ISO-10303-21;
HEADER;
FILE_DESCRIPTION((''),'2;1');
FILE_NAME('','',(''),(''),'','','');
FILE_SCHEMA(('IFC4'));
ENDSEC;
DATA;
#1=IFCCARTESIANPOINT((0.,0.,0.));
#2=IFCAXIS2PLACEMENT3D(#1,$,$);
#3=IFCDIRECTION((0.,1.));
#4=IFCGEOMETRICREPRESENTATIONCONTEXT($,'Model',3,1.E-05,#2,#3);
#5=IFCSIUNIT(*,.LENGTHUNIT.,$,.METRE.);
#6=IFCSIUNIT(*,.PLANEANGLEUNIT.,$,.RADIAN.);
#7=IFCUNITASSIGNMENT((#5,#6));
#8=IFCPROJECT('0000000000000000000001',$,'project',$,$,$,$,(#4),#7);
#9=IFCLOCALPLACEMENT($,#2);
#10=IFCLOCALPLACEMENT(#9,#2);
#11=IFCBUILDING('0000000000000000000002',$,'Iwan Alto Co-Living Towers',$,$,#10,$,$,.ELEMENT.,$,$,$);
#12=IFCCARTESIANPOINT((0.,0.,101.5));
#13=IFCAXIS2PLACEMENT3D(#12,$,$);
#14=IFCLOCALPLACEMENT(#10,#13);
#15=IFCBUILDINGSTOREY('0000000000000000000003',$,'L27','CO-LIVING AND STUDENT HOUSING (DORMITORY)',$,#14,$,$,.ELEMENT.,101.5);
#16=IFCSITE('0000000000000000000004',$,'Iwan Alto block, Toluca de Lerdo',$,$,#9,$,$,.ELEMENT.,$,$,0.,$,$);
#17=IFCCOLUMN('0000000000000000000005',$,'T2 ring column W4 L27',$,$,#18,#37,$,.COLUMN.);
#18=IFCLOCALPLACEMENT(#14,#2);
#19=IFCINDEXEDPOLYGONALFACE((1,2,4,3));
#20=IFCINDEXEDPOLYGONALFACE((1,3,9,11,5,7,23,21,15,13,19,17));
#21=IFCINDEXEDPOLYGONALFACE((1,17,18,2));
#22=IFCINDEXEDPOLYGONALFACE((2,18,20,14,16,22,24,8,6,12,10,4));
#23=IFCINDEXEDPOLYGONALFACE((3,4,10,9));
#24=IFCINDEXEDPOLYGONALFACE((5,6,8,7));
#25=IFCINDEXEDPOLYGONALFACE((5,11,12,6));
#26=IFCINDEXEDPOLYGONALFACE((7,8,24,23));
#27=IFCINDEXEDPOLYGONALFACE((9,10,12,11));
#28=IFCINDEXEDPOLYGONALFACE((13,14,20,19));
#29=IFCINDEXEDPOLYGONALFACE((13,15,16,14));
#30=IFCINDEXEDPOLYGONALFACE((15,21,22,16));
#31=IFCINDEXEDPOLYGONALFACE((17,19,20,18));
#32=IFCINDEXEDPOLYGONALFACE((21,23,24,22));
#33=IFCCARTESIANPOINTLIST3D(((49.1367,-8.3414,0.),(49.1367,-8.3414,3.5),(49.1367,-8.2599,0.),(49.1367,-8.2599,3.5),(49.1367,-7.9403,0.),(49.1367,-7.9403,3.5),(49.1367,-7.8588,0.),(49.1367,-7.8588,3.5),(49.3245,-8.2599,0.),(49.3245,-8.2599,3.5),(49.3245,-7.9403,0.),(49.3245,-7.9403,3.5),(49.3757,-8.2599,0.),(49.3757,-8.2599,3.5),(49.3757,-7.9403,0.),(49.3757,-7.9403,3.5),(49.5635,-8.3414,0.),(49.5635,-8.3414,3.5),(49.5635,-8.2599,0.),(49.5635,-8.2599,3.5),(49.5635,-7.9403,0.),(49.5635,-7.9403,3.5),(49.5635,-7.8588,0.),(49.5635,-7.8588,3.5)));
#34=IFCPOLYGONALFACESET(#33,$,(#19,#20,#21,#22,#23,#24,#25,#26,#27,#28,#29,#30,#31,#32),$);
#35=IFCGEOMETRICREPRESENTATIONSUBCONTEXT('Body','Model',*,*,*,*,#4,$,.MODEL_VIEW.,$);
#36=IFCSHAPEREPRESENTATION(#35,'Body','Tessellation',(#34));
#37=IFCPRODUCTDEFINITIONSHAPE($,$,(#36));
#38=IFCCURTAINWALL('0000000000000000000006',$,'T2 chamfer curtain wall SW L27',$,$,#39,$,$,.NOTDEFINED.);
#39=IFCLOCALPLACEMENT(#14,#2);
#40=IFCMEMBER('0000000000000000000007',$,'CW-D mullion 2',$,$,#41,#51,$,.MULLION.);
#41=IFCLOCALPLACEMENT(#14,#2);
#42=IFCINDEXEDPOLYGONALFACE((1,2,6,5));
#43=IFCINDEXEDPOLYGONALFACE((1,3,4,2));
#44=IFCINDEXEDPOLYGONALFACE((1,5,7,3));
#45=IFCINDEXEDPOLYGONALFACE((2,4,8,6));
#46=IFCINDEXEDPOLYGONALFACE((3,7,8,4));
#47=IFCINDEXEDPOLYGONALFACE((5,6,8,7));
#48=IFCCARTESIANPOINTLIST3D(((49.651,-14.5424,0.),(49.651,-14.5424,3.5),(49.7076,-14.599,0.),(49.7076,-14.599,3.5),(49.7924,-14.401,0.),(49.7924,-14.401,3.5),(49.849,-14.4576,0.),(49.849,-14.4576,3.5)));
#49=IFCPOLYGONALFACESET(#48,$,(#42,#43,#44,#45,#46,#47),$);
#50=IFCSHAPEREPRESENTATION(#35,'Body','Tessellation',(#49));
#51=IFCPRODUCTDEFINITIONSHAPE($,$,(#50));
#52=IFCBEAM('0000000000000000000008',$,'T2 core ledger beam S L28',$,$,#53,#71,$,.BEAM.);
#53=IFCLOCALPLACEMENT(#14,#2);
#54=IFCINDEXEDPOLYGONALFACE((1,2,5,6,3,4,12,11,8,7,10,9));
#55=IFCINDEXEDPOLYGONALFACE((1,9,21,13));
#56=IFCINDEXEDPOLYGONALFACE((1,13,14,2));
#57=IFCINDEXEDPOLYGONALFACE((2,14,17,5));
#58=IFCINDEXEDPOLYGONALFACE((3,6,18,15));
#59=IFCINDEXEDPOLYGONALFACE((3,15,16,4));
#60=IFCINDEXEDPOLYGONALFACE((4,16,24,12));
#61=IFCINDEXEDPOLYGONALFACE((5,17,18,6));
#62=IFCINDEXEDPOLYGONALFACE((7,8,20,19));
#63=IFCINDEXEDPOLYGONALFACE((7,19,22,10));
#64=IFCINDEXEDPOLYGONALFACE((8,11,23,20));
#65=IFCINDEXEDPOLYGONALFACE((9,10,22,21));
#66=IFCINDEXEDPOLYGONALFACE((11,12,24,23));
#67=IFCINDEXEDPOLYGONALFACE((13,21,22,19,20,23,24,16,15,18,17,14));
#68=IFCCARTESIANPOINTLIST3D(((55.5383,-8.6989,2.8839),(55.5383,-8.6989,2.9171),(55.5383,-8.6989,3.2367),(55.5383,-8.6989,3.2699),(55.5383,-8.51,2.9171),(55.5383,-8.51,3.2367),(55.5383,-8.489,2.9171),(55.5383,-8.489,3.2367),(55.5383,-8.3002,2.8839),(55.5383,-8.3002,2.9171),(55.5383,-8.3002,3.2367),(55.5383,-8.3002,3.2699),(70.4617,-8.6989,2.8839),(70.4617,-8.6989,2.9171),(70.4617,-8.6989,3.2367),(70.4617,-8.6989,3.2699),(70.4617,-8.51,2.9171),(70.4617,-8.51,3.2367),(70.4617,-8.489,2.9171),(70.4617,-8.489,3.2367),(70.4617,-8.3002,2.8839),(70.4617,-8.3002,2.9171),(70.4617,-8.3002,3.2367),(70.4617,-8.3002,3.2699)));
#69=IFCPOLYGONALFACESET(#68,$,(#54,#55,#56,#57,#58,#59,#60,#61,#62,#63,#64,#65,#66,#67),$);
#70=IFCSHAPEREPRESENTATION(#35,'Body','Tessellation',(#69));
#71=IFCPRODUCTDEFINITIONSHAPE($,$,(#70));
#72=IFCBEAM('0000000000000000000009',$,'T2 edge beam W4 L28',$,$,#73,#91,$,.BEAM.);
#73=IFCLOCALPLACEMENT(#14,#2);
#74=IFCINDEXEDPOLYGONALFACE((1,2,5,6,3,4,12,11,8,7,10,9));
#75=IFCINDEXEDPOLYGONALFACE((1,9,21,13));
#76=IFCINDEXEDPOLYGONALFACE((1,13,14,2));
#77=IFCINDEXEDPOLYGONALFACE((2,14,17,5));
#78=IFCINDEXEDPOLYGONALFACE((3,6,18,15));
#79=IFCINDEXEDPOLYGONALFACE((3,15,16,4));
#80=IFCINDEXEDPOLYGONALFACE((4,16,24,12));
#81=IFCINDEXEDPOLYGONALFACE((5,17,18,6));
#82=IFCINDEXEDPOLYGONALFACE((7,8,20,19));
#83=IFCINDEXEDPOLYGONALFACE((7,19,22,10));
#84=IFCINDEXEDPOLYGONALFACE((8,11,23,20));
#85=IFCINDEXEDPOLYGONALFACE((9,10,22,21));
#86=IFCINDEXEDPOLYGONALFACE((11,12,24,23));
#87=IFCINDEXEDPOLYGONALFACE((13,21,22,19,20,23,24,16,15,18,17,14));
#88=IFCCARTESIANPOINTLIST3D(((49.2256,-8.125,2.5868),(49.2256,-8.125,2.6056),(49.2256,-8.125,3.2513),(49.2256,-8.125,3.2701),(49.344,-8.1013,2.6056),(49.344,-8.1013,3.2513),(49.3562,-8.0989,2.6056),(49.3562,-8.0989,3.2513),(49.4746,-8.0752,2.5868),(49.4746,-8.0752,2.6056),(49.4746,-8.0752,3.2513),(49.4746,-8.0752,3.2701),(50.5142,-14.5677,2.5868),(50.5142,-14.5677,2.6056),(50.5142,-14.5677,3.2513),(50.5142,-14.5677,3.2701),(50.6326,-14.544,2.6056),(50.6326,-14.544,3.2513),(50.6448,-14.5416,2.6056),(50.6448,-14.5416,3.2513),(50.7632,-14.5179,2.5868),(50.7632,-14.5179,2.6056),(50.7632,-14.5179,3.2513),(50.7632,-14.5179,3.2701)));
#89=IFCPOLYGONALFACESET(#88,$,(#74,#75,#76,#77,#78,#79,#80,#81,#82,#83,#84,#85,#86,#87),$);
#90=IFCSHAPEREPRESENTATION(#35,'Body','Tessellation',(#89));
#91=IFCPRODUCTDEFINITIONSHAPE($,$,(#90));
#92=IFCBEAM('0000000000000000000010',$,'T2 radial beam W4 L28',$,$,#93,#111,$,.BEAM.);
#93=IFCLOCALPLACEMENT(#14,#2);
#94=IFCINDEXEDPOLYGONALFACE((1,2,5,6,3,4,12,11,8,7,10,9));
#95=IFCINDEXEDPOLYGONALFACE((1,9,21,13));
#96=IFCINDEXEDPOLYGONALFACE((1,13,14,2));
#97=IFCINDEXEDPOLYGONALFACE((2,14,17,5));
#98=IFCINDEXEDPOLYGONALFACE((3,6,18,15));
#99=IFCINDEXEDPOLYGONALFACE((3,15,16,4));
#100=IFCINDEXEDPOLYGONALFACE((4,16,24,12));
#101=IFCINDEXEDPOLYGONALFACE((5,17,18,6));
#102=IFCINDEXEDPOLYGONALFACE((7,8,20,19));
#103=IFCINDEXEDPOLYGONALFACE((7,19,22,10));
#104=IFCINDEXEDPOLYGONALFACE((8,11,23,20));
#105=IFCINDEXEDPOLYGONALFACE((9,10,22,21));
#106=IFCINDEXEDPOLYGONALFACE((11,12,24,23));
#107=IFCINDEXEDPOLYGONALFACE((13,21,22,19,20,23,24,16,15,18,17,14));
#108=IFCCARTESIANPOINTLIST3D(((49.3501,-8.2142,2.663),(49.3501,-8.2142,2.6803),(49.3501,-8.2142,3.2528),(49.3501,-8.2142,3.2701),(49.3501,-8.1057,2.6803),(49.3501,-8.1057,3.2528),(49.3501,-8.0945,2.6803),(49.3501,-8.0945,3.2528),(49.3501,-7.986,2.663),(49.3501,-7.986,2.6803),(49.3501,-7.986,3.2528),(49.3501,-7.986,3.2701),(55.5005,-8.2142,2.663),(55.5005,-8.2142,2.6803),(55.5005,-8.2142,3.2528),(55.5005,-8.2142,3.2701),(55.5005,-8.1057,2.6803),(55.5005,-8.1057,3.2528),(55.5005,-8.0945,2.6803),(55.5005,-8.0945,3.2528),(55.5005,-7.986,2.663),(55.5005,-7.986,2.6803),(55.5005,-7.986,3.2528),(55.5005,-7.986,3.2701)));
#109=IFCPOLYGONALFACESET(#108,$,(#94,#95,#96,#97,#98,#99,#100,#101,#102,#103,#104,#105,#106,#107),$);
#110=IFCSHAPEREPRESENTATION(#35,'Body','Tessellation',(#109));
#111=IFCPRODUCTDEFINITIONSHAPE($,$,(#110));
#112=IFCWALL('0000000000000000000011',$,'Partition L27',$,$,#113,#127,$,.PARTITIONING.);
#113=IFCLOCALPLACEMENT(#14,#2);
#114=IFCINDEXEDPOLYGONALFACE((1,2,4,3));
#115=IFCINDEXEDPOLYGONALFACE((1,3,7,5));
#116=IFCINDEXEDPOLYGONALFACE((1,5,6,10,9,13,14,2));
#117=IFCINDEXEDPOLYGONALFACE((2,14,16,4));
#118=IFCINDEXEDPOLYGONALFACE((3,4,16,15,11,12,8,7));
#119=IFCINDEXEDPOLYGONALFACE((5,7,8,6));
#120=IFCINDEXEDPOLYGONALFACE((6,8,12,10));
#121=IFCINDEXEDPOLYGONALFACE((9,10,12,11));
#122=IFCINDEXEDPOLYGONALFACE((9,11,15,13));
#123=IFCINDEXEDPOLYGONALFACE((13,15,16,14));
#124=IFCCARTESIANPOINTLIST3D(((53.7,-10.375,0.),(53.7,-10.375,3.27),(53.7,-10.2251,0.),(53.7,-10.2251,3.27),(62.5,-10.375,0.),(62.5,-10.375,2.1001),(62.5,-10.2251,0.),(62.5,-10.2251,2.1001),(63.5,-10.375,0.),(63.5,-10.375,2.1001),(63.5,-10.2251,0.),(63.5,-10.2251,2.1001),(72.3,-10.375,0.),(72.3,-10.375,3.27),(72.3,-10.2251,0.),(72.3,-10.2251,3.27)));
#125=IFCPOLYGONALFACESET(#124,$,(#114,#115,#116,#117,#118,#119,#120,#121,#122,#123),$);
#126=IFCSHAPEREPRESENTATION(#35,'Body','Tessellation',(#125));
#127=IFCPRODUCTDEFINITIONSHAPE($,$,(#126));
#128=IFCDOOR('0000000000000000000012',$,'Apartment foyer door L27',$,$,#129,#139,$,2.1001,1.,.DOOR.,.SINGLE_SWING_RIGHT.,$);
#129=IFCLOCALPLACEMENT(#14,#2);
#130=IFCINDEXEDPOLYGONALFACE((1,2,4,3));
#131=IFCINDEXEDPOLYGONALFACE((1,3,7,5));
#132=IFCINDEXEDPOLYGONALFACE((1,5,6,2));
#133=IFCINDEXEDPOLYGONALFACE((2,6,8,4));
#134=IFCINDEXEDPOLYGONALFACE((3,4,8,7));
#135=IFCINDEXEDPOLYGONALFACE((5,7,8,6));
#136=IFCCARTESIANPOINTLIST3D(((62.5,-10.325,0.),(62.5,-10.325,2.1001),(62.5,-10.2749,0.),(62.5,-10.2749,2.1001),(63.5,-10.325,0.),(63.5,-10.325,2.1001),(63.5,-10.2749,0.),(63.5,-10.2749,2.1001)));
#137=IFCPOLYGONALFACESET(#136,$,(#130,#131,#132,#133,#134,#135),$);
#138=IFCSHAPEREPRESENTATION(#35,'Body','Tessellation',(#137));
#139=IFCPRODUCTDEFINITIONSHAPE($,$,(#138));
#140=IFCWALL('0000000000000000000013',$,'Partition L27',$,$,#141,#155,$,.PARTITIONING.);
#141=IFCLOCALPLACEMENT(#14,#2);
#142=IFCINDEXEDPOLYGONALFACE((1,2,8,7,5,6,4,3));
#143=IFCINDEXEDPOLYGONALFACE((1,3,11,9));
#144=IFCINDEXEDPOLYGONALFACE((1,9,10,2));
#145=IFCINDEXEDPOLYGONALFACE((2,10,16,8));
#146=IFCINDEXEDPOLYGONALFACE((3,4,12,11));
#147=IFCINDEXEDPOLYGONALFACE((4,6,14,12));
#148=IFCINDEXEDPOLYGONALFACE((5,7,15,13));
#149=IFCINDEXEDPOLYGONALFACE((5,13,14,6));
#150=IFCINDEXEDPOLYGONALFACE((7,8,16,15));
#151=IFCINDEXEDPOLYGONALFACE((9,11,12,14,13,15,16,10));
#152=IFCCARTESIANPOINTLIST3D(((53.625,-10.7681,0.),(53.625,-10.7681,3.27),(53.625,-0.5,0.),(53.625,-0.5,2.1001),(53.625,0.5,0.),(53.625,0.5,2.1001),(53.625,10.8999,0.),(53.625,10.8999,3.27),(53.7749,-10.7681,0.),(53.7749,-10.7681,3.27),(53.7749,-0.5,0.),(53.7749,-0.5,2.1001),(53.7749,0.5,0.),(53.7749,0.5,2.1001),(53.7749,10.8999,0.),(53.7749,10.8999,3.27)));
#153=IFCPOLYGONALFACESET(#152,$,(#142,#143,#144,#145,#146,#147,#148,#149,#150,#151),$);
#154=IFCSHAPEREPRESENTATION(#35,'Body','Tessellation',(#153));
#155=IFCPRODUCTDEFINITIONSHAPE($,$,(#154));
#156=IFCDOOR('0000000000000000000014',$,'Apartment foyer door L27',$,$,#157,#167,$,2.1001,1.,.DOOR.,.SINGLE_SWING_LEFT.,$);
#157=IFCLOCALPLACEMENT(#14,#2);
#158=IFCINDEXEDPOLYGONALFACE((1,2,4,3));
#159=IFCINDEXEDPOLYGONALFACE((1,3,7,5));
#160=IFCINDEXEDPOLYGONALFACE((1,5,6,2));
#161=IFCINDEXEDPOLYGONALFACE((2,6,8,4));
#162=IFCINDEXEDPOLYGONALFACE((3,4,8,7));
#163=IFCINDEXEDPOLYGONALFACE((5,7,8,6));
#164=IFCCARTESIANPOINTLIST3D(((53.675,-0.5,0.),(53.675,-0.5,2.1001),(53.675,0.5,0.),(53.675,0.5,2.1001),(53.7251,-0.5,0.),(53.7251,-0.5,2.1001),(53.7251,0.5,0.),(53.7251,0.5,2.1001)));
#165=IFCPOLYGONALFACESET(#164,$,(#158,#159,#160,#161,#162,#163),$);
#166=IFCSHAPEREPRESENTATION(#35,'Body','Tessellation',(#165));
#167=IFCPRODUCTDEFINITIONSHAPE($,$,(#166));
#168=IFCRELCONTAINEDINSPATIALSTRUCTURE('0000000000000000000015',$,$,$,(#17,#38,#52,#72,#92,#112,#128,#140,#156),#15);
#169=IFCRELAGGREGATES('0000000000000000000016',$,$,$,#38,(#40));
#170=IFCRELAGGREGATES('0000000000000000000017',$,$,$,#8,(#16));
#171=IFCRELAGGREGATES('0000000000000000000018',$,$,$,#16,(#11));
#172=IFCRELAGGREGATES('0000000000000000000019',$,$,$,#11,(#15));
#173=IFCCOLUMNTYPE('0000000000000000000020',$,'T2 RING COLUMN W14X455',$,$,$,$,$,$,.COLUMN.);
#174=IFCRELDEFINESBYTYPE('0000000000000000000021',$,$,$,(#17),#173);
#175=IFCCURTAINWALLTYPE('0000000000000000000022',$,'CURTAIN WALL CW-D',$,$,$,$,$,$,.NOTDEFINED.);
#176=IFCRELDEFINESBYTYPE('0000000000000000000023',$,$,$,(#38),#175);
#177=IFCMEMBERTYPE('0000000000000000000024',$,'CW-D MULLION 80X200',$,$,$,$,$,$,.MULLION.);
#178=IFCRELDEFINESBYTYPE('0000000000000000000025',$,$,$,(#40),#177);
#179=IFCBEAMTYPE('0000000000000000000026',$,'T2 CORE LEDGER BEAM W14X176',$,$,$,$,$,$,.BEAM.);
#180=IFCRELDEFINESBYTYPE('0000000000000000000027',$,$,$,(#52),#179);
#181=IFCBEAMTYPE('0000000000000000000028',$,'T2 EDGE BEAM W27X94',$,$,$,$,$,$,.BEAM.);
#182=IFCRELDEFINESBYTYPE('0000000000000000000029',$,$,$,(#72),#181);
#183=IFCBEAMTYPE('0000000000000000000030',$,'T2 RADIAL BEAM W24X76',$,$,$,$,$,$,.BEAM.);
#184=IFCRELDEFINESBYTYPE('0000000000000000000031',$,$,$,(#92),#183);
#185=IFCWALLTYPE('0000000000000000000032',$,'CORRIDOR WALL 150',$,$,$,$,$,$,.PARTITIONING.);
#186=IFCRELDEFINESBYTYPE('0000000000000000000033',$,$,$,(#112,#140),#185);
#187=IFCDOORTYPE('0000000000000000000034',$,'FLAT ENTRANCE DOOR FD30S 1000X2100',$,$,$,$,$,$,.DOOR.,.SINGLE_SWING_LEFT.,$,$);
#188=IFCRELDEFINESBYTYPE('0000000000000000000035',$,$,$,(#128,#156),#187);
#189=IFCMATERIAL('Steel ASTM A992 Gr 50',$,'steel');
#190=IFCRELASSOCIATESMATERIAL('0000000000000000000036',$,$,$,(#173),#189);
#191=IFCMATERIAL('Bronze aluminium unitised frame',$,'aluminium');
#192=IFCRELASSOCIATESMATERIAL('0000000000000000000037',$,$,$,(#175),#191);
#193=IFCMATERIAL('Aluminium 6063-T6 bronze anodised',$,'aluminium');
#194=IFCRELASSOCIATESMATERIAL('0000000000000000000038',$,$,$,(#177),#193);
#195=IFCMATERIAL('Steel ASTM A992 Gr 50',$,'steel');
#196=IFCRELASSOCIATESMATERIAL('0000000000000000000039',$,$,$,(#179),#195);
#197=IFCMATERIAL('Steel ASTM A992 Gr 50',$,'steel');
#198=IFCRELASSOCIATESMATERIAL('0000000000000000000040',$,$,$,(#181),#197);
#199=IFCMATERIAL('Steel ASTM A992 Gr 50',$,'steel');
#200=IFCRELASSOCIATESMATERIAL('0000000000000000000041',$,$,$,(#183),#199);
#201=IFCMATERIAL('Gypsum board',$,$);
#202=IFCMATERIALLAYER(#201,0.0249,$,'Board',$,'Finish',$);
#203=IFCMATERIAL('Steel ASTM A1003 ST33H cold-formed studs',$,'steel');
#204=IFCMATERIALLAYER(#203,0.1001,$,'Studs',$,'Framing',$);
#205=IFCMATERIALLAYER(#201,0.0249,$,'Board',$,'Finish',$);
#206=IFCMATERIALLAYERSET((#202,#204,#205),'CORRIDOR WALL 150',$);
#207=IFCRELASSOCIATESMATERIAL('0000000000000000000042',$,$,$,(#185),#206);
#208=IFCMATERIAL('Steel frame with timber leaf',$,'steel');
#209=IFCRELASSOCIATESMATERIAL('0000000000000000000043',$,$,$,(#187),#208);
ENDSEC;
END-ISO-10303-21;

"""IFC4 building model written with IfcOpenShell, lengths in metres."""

from ifc_helpers import new_model, si_unit, direction, frame, frame_2d, origin, origin_2d, place, context, subcontext, project, spatial, rectangle, i_section, extrude, material, layer, layer_set, material_profile, profile_set, type_object, element, fill, aggregate, save


model = new_model("IFC4")

# Units and contexts
model_context = context("Model", 3, precision=1e-05, world=origin(), true_north=direction((0.0, 1.0)))
body_context = subcontext(model_context, "Body", "Model", "MODEL_VIEW")
ifc_project = project(units=[si_unit("LENGTHUNIT", "METRE"), si_unit("PLANEANGLEUNIT", "RADIAN")], contexts=[model_context])

# Site, building, storey
site_placement = place(None, origin())
site = spatial("IfcSite", under=ifc_project, at=site_placement, Name="Iwan Alto block, Toluca de Lerdo", CompositionType="ELEMENT", RefElevation=0.0)
building_placement = place(site_placement, origin())
building = spatial("IfcBuilding", under=site, at=building_placement, Name="Iwan Alto Co-Living Towers", CompositionType="ELEMENT")
storey_placement = place(building_placement, frame((0.0, 0.0, 101.5)))
storey = spatial("IfcBuildingStorey", under=building, at=storey_placement, Name="L27", Description="CO-LIVING AND STUDENT HOUSING (DORMITORY)", CompositionType="ELEMENT", Elevation=101.5)

# Column
ifc_material_1 = material(Name="Steel ASTM A992 Gr 50", Category="steel")
ifc_material_profile_1 = material_profile(ifc_material_1, i_section(OverallWidth=0.4268, OverallDepth=0.4827, WebThickness=0.0513, FlangeThickness=0.0815, at=origin_2d()), Name="W14X455")
ifc_profile_set_1 = profile_set([ifc_material_profile_1], Name="Steel ASTM A992 Gr 50")
column_type = type_object("IfcColumnType", Name="T2 RING COLUMN W14X455", PredefinedType="COLUMN", material=ifc_profile_set_1)
column_placement = place(storey_placement, frame((49.3501, -8.1001, 0.0), z_axis=(0.0, 0.0, 1.0), x_axis=(1.0, 0.0, 0.0)))
element("IfcColumn", 1, at=column_placement, inside=storey, type_object=column_type, Name="T2 ring column W4 L27", PredefinedType="COLUMN", context=body_context, shape_type="SweptSolid", body=[
    extrude(i_section(OverallWidth=0.4268, OverallDepth=0.4827, WebThickness=0.0513, FlangeThickness=0.0815, at=origin_2d()), origin(), (0.0, 0.0, 1.0), 3.5),
])

# Curtain wall, member
ifc_material_2 = material(Name="Bronze aluminium unitised frame", Category="aluminium")
curtain_wall_type = type_object("IfcCurtainWallType", Name="CURTAIN WALL CW-D", PredefinedType="NOTDEFINED", material=ifc_material_2)
curtain_wall_placement = place(storey_placement, origin())
curtain_wall = element("IfcCurtainWall", 2, at=curtain_wall_placement, inside=storey, type_object=curtain_wall_type, Name="T2 chamfer curtain wall SW L27", PredefinedType="NOTDEFINED")
ifc_material_3 = material(Name="Aluminium 6063-T6 bronze anodised", Category="aluminium")
ifc_material_profile_2 = material_profile(ifc_material_3, rectangle(XDim=0.2, YDim=0.0801, at=origin_2d()), Name="AL 80X200")
ifc_profile_set_2 = profile_set([ifc_material_profile_2], Name="Aluminium 6063-T6 bronze anodised")
member_type = type_object("IfcMemberType", Name="CW-D MULLION 80X200", PredefinedType="MULLION", material=ifc_profile_set_2)
member_placement = place(storey_placement, frame((49.75, -14.5, 0.0), z_axis=(0.0, 0.0, 1.0), x_axis=(0.707107, 0.707107, 0.0)))
member = element("IfcMember", 3, at=member_placement, type_object=member_type, Name="CW-D mullion 2", PredefinedType="MULLION", context=body_context, shape_type="SweptSolid", body=[
    extrude(rectangle(XDim=0.2, YDim=0.0801, at=origin_2d()), origin(), (0.0, 0.0, 1.0), 3.5),
])
aggregate(curtain_wall, [member])

# Beams
ifc_material_4 = material(Name="Steel ASTM A992 Gr 50", Category="steel")
ifc_material_profile_3 = material_profile(ifc_material_4, i_section(OverallWidth=0.3987, OverallDepth=0.386, WebThickness=0.021, FlangeThickness=0.0332, at=origin_2d()), Name="W14X176")
ifc_profile_set_3 = profile_set([ifc_material_profile_3], Name="Steel ASTM A992 Gr 50")
beam_type_1 = type_object("IfcBeamType", Name="T2 CORE LEDGER BEAM W14X176", PredefinedType="BEAM", material=ifc_profile_set_3)
beam_1_placement = place(storey_placement, frame((55.5383, -8.4995, 3.0769), z_axis=(1.0, 0.0, 0.0), x_axis=(0.0, 1.0, 0.0)))
element("IfcBeam", 4, at=beam_1_placement, inside=storey, type_object=beam_type_1, Name="T2 core ledger beam S L28", PredefinedType="BEAM", context=body_context, shape_type="SweptSolid", body=[
    extrude(i_section(OverallWidth=0.3987, OverallDepth=0.386, WebThickness=0.021, FlangeThickness=0.0332, at=origin_2d()), origin(), (0.0, 0.0, 1.0), 14.9233),
])
ifc_material_5 = material(Name="Steel ASTM A992 Gr 50", Category="steel")
ifc_material_profile_4 = material_profile(ifc_material_5, i_section(OverallWidth=0.2539, OverallDepth=0.6833, WebThickness=0.0125, FlangeThickness=0.0188, at=origin_2d()), Name="W27X94")
ifc_profile_set_4 = profile_set([ifc_material_profile_4], Name="Steel ASTM A992 Gr 50")
beam_type_2 = type_object("IfcBeamType", Name="T2 EDGE BEAM W27X94", PredefinedType="BEAM", material=ifc_profile_set_4)
beam_2_placement = place(storey_placement, frame((49.3501, -8.1001, 2.9285), z_axis=(0.196123, -0.980579, 0.0), x_axis=(0.980579, 0.196123, 0.0)))
element("IfcBeam", 5, at=beam_2_placement, inside=storey, type_object=beam_type_2, Name="T2 edge beam W4 L28", PredefinedType="BEAM", context=body_context, shape_type="SweptSolid", body=[
    extrude(i_section(OverallWidth=0.2539, OverallDepth=0.6833, WebThickness=0.0125, FlangeThickness=0.0188, at=origin_2d()), origin(), (0.0, 0.0, 1.0), 6.5703),
])
ifc_material_6 = material(Name="Steel ASTM A992 Gr 50", Category="steel")
ifc_material_profile_5 = material_profile(ifc_material_6, i_section(OverallWidth=0.2283, OverallDepth=0.6072, WebThickness=0.0112, FlangeThickness=0.0173, at=origin_2d()), Name="W24X76")
ifc_profile_set_5 = profile_set([ifc_material_profile_5], Name="Steel ASTM A992 Gr 50")
beam_type_3 = type_object("IfcBeamType", Name="T2 RADIAL BEAM W24X76", PredefinedType="BEAM", material=ifc_profile_set_5)
beam_3_placement = place(storey_placement, frame((49.3501, -8.1001, 2.9666), z_axis=(1.0, 0.0, 0.0), x_axis=(0.0, 1.0, 0.0)))
element("IfcBeam", 6, at=beam_3_placement, inside=storey, type_object=beam_type_3, Name="T2 radial beam W4 L28", PredefinedType="BEAM", context=body_context, shape_type="SweptSolid", body=[
    extrude(i_section(OverallWidth=0.2283, OverallDepth=0.6072, WebThickness=0.0112, FlangeThickness=0.0173, at=origin_2d()), origin(), (0.0, 0.0, 1.0), 6.1504),
])

# Walls, openings, doors
ifc_material_7 = material(Name="Gypsum board")
ifc_layer_1 = layer(ifc_material_7, 0.0249, Name="Board", Category="Finish")
ifc_material_8 = material(Name="Steel ASTM A1003 ST33H cold-formed studs", Category="steel")
ifc_layer_2 = layer(ifc_material_8, 0.1001, Name="Studs", Category="Framing")
ifc_layer_3 = layer(ifc_material_7, 0.0249, Name="Board", Category="Finish")
ifc_layer_set_1 = layer_set([ifc_layer_1, ifc_layer_2, ifc_layer_3], Name="CORRIDOR WALL 150")
wall_type_1 = type_object("IfcWallType", Name="CORRIDOR WALL 150", PredefinedType="PARTITIONING", material=ifc_layer_set_1)
wall_1_placement = place(storey_placement, frame((53.7, -10.3, 0.0), z_axis=(0.0, 0.0, 1.0), x_axis=(1.0, 0.0, 0.0)))
wall_1 = element("IfcWall", 7, at=wall_1_placement, inside=storey, type_object=wall_type_1, Name="Partition L27", PredefinedType="PARTITIONING", context=body_context, shape_type="SweptSolid", body=[
    extrude(rectangle(XDim=18.6001, YDim=0.1499, at=frame_2d((9.3, 0.0))), origin(), (0.0, 0.0, 1.0), 3.27),
])
opening_1_placement = place(wall_1_placement, frame((8.8, 0.0, 0.0)))
opening_1 = element("IfcOpeningElement", 8, at=opening_1_placement, cuts=wall_1, PredefinedType="OPENING", context=body_context, shape_type="SweptSolid", body=[
    extrude(rectangle(XDim=1.0, YDim=2.1001, at=frame_2d((0.5, 1.05))), frame((0.0, 0.085, 0.0), z_axis=(0.0, -1.0, 0.0), x_axis=(1.0, 0.0, 0.0)), (0.0, 0.0, 1.0), 0.1699),
])
ifc_material_9 = material(Name="Steel frame with timber leaf", Category="steel")
door_type_1 = type_object("IfcDoorType", Name="FLAT ENTRANCE DOOR FD30S 1000X2100", OperationType="SINGLE_SWING_LEFT", PredefinedType="DOOR", material=ifc_material_9)
door_1_placement = place(opening_1_placement, frame((1.0, 0.0, 0.0), z_axis=(0.0, 0.0, 1.0), x_axis=(-1.0, 0.0, 0.0)))
door_1 = element("IfcDoor", 9, at=door_1_placement, inside=storey, type_object=door_type_1, Name="Apartment foyer door L27", OperationType="SINGLE_SWING_RIGHT", OverallHeight=2.1001, OverallWidth=1.0, PredefinedType="DOOR", context=body_context, shape_type="SweptSolid", body=[
    extrude(rectangle(XDim=1.0, YDim=2.1001, at=frame_2d((0.5, 1.05))), frame((0.0, 0.0249, 0.0), z_axis=(0.0, -1.0, 0.0), x_axis=(1.0, 0.0, 0.0)), (0.0, 0.0, 1.0), 0.05),
])
fill(opening_1, door_1)
wall_2_placement = place(storey_placement, frame((53.7, -10.7681, 0.0), z_axis=(0.0, 0.0, 1.0), x_axis=(0.0, 1.0, 0.0)))
wall_2 = element("IfcWall", 10, at=wall_2_placement, inside=storey, type_object=wall_type_1, Name="Partition L27", PredefinedType="PARTITIONING", context=body_context, shape_type="SweptSolid", body=[
    extrude(rectangle(XDim=21.668, YDim=0.1499, at=frame_2d((10.834, 0.0))), origin(), (0.0, 0.0, 1.0), 3.27),
])
opening_2_placement = place(wall_2_placement, frame((10.2681, 0.0, 0.0)))
opening_2 = element("IfcOpeningElement", 11, at=opening_2_placement, cuts=wall_2, PredefinedType="OPENING", context=body_context, shape_type="SweptSolid", body=[
    extrude(rectangle(XDim=1.0, YDim=2.1001, at=frame_2d((0.5, 1.05))), frame((0.0, 0.085, 0.0), z_axis=(0.0, -1.0, 0.0), x_axis=(1.0, 0.0, 0.0)), (0.0, 0.0, 1.0), 0.1699),
])
door_2_placement = place(opening_2_placement, origin())
door_2 = element("IfcDoor", 12, at=door_2_placement, inside=storey, type_object=door_type_1, Name="Apartment foyer door L27", OperationType="SINGLE_SWING_LEFT", OverallHeight=2.1001, OverallWidth=1.0, PredefinedType="DOOR", context=body_context, shape_type="SweptSolid", body=[
    extrude(rectangle(XDim=1.0, YDim=2.1001, at=frame_2d((0.5, 1.05))), frame((0.0, 0.0249, 0.0), z_axis=(0.0, -1.0, 0.0), x_axis=(1.0, 0.0, 0.0)), (0.0, 0.0, 1.0), 0.05),
])
fill(opening_2, door_2)

save(model, "model.ifc")
